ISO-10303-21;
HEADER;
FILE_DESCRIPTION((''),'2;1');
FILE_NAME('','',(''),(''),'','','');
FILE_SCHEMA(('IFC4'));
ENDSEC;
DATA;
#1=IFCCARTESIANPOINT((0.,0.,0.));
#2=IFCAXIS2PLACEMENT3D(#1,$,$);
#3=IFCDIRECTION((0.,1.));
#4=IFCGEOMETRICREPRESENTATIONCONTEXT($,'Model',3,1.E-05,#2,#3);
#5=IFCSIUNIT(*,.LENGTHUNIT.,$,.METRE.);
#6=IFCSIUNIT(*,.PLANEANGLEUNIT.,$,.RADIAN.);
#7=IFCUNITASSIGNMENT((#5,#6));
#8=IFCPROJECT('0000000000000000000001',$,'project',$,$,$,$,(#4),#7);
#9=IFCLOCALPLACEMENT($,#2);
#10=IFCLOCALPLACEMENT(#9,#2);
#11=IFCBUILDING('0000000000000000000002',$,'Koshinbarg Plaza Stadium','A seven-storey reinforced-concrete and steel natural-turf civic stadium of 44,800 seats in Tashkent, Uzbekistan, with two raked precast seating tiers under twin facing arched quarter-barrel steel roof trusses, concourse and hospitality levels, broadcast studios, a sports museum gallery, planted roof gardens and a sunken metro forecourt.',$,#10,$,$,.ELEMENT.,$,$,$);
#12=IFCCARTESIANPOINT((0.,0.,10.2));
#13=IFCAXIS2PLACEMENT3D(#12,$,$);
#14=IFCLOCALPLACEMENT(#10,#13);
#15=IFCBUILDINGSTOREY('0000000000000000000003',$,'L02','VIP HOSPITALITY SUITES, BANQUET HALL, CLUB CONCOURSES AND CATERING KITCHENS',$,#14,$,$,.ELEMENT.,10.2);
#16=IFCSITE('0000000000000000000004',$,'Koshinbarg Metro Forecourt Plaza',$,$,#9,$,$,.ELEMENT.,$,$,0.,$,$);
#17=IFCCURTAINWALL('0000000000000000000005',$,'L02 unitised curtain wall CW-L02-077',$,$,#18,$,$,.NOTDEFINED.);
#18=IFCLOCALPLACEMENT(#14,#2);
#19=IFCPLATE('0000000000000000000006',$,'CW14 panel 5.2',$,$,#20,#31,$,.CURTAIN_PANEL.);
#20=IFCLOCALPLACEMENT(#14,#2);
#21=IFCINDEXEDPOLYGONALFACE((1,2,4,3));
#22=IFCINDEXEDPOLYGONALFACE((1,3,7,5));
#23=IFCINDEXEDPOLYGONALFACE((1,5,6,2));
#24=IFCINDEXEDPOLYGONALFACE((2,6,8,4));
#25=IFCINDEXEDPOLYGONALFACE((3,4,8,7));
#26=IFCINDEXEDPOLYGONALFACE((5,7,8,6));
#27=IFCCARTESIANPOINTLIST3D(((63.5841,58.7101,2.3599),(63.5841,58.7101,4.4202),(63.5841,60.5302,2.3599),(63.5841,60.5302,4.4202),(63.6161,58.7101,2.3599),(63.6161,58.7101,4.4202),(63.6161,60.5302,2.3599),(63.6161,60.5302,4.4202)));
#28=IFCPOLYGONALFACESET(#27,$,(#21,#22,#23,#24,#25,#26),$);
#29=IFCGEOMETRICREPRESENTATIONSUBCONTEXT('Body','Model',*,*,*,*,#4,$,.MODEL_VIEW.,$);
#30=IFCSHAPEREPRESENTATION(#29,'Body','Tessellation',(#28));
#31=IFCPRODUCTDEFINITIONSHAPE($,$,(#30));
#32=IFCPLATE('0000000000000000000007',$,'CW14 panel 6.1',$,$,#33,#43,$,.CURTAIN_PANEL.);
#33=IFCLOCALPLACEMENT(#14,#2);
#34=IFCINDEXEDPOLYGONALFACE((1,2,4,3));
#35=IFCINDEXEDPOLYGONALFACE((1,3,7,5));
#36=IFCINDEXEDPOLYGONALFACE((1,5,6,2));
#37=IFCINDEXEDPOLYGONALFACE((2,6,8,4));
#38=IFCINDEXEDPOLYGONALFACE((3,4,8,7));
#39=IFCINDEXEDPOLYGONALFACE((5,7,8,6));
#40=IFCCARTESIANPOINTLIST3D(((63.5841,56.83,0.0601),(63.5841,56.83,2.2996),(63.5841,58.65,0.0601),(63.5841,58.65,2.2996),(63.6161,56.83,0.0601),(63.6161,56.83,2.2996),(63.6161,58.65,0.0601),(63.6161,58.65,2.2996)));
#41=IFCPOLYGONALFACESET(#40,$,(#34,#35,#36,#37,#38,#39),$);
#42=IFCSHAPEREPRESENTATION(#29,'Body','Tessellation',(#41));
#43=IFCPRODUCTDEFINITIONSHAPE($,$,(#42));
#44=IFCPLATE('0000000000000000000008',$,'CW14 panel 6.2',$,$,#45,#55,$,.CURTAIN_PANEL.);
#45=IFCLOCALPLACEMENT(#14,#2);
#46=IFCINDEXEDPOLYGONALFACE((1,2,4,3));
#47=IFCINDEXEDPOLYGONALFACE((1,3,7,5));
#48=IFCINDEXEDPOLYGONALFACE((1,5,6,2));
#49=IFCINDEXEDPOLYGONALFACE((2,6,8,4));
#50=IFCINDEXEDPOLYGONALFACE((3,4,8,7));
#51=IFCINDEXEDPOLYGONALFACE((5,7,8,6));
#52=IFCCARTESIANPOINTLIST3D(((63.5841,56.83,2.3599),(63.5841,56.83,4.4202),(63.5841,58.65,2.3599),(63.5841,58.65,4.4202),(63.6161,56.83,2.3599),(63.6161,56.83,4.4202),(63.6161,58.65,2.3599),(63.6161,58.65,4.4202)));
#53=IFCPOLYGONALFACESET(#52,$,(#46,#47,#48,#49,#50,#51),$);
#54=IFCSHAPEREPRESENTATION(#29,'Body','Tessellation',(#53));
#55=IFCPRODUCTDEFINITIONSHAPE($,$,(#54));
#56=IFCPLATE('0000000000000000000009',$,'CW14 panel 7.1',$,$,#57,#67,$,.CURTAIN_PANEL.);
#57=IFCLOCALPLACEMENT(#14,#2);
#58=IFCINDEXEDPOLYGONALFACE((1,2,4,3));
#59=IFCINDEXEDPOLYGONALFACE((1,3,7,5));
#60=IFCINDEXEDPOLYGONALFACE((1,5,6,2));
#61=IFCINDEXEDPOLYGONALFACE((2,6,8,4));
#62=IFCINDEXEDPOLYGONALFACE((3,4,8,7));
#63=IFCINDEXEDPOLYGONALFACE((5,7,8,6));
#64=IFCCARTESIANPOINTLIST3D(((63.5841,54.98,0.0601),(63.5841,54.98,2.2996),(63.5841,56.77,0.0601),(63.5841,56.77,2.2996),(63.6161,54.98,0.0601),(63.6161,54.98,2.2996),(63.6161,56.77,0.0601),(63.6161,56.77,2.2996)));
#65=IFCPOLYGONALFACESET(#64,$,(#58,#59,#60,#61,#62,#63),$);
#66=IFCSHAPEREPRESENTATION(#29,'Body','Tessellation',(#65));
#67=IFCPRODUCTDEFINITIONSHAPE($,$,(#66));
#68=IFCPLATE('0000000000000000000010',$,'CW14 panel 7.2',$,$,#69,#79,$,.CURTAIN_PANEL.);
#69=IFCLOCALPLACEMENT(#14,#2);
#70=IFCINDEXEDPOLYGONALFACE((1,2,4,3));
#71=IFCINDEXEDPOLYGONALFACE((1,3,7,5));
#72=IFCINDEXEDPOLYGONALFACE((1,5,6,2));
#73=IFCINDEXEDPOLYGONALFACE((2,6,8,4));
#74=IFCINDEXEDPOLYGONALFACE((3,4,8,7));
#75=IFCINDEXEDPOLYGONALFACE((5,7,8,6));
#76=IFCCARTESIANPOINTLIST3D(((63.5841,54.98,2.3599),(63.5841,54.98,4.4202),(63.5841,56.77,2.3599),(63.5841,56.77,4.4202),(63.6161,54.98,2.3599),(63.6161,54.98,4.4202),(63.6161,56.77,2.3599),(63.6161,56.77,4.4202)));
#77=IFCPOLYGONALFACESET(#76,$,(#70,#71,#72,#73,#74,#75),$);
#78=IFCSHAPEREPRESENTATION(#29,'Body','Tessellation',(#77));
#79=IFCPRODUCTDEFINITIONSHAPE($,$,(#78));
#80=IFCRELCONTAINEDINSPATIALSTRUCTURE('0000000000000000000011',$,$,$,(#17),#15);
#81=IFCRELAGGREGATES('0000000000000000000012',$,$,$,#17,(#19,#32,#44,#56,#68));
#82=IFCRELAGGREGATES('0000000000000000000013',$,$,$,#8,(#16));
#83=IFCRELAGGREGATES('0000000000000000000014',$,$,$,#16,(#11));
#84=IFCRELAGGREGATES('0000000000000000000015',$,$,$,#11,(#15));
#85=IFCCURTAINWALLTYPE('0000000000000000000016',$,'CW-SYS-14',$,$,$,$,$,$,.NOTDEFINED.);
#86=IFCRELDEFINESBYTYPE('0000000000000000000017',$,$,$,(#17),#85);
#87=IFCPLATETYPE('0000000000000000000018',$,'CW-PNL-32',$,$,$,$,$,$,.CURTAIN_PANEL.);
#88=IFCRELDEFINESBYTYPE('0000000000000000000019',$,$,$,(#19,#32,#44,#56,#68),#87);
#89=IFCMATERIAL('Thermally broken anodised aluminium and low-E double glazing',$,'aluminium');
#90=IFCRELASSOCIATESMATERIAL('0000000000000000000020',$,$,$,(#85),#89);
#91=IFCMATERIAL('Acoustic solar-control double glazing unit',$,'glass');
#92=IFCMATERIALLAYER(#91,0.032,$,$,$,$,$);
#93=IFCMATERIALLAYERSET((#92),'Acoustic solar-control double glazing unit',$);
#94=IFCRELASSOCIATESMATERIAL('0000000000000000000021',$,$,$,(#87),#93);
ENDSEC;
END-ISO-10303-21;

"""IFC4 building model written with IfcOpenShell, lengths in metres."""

from ifc_helpers import new_model, si_unit, direction, frame, origin, origin_2d, place, context, subcontext, project, spatial, rectangle, extrude, material, layer, layer_set, type_object, element, aggregate, save


model = new_model("IFC4")

# Units and contexts
model_context = context("Model", 3, precision=1e-05, world=origin(), true_north=direction((0.0, 1.0)))
body_context = subcontext(model_context, "Body", "Model", "MODEL_VIEW")
ifc_project = project(units=[si_unit("LENGTHUNIT", "METRE"), si_unit("PLANEANGLEUNIT", "RADIAN")], contexts=[model_context])

# Site, building, storey
site_placement = place(None, origin())
site = spatial("IfcSite", under=ifc_project, at=site_placement, Name="Koshinbarg Metro Forecourt Plaza", CompositionType="ELEMENT", RefElevation=0.0)
building_placement = place(site_placement, origin())
building = spatial("IfcBuilding", under=site, at=building_placement, Name="Koshinbarg Plaza Stadium", Description="A seven-storey reinforced-concrete and steel natural-turf civic stadium of 44,800 seats in Tashkent, Uzbekistan, with two raked precast seating tiers under twin facing arched quarter-barrel steel roof trusses, concourse and hospitality levels, broadcast studios, a sports museum gallery, planted roof gardens and a sunken metro forecourt.", CompositionType="ELEMENT")
storey_placement = place(building_placement, frame((0.0, 0.0, 10.2)))
storey = spatial("IfcBuildingStorey", under=building, at=storey_placement, Name="L02", Description="VIP HOSPITALITY SUITES, BANQUET HALL, CLUB CONCOURSES AND CATERING KITCHENS", CompositionType="ELEMENT", Elevation=10.2)

# Curtain wall
ifc_material_1 = material(Name="Thermally broken anodised aluminium and low-E double glazing", Category="aluminium")
curtain_wall_type_1 = type_object("IfcCurtainWallType", Name="CW-SYS-14", PredefinedType="NOTDEFINED", material=ifc_material_1)
curtain_wall_1_placement = place(storey_placement, origin())
curtain_wall_1 = element("IfcCurtainWall", 1, at=curtain_wall_1_placement, inside=storey, type_object=curtain_wall_type_1, Name="L02 unitised curtain wall CW-L02-077", PredefinedType="NOTDEFINED")

# Plates
ifc_material_2 = material(Name="Acoustic solar-control double glazing unit", Category="glass")
ifc_layer_1 = layer(ifc_material_2, 0.032)
ifc_layer_set_1 = layer_set([ifc_layer_1], Name="Acoustic solar-control double glazing unit")
plate_type_1 = type_object("IfcPlateType", Name="CW-PNL-32", PredefinedType="CURTAIN_PANEL", material=ifc_layer_set_1)
plate_1_placement = place(storey_placement, frame((63.6001, 59.6201, 2.3599), z_axis=(0.0, 0.0, 1.0), x_axis=(0.0, -1.0, 0.0)))
plate_1 = element("IfcPlate", 2, at=plate_1_placement, type_object=plate_type_1, Name="CW14 panel 5.2", PredefinedType="CURTAIN_PANEL", context=body_context, shape_type="SweptSolid", body=[
    extrude(rectangle(XDim=1.8201, YDim=0.032, at=origin_2d()), origin(), (0.0, 0.0, 1.0), 2.0603),
])
plate_2_placement = place(storey_placement, frame((63.6001, 57.74, 0.0601), z_axis=(0.0, 0.0, 1.0), x_axis=(0.0, -1.0, 0.0)))
plate_2 = element("IfcPlate", 3, at=plate_2_placement, type_object=plate_type_1, Name="CW14 panel 6.1", PredefinedType="CURTAIN_PANEL", context=body_context, shape_type="SweptSolid", body=[
    extrude(rectangle(XDim=1.8201, YDim=0.032, at=origin_2d()), origin(), (0.0, 0.0, 1.0), 2.2395),
])
plate_3_placement = place(storey_placement, frame((63.6001, 57.74, 2.3599), z_axis=(0.0, 0.0, 1.0), x_axis=(0.0, -1.0, 0.0)))
plate_3 = element("IfcPlate", 4, at=plate_3_placement, type_object=plate_type_1, Name="CW14 panel 6.2", PredefinedType="CURTAIN_PANEL", context=body_context, shape_type="SweptSolid", body=[
    extrude(rectangle(XDim=1.8201, YDim=0.032, at=origin_2d()), origin(), (0.0, 0.0, 1.0), 2.0603),
])
plate_4_placement = place(storey_placement, frame((63.6001, 55.875, 0.0601), z_axis=(0.0, 0.0, 1.0), x_axis=(0.0, -1.0, 0.0)))
plate_4 = element("IfcPlate", 5, at=plate_4_placement, type_object=plate_type_1, Name="CW14 panel 7.1", PredefinedType="CURTAIN_PANEL", context=body_context, shape_type="SweptSolid", body=[
    extrude(rectangle(XDim=1.79, YDim=0.032, at=origin_2d()), origin(), (0.0, 0.0, 1.0), 2.2395),
])
plate_5_placement = place(storey_placement, frame((63.6001, 55.875, 2.3599), z_axis=(0.0, 0.0, 1.0), x_axis=(0.0, -1.0, 0.0)))
plate_5 = element("IfcPlate", 6, at=plate_5_placement, type_object=plate_type_1, Name="CW14 panel 7.2", PredefinedType="CURTAIN_PANEL", context=body_context, shape_type="SweptSolid", body=[
    extrude(rectangle(XDim=1.79, YDim=0.032, at=origin_2d()), origin(), (0.0, 0.0, 1.0), 2.0603),
])
aggregate(curtain_wall_1, [plate_1, plate_2, plate_3, plate_4, plate_5])

save(model, "model.ifc")
